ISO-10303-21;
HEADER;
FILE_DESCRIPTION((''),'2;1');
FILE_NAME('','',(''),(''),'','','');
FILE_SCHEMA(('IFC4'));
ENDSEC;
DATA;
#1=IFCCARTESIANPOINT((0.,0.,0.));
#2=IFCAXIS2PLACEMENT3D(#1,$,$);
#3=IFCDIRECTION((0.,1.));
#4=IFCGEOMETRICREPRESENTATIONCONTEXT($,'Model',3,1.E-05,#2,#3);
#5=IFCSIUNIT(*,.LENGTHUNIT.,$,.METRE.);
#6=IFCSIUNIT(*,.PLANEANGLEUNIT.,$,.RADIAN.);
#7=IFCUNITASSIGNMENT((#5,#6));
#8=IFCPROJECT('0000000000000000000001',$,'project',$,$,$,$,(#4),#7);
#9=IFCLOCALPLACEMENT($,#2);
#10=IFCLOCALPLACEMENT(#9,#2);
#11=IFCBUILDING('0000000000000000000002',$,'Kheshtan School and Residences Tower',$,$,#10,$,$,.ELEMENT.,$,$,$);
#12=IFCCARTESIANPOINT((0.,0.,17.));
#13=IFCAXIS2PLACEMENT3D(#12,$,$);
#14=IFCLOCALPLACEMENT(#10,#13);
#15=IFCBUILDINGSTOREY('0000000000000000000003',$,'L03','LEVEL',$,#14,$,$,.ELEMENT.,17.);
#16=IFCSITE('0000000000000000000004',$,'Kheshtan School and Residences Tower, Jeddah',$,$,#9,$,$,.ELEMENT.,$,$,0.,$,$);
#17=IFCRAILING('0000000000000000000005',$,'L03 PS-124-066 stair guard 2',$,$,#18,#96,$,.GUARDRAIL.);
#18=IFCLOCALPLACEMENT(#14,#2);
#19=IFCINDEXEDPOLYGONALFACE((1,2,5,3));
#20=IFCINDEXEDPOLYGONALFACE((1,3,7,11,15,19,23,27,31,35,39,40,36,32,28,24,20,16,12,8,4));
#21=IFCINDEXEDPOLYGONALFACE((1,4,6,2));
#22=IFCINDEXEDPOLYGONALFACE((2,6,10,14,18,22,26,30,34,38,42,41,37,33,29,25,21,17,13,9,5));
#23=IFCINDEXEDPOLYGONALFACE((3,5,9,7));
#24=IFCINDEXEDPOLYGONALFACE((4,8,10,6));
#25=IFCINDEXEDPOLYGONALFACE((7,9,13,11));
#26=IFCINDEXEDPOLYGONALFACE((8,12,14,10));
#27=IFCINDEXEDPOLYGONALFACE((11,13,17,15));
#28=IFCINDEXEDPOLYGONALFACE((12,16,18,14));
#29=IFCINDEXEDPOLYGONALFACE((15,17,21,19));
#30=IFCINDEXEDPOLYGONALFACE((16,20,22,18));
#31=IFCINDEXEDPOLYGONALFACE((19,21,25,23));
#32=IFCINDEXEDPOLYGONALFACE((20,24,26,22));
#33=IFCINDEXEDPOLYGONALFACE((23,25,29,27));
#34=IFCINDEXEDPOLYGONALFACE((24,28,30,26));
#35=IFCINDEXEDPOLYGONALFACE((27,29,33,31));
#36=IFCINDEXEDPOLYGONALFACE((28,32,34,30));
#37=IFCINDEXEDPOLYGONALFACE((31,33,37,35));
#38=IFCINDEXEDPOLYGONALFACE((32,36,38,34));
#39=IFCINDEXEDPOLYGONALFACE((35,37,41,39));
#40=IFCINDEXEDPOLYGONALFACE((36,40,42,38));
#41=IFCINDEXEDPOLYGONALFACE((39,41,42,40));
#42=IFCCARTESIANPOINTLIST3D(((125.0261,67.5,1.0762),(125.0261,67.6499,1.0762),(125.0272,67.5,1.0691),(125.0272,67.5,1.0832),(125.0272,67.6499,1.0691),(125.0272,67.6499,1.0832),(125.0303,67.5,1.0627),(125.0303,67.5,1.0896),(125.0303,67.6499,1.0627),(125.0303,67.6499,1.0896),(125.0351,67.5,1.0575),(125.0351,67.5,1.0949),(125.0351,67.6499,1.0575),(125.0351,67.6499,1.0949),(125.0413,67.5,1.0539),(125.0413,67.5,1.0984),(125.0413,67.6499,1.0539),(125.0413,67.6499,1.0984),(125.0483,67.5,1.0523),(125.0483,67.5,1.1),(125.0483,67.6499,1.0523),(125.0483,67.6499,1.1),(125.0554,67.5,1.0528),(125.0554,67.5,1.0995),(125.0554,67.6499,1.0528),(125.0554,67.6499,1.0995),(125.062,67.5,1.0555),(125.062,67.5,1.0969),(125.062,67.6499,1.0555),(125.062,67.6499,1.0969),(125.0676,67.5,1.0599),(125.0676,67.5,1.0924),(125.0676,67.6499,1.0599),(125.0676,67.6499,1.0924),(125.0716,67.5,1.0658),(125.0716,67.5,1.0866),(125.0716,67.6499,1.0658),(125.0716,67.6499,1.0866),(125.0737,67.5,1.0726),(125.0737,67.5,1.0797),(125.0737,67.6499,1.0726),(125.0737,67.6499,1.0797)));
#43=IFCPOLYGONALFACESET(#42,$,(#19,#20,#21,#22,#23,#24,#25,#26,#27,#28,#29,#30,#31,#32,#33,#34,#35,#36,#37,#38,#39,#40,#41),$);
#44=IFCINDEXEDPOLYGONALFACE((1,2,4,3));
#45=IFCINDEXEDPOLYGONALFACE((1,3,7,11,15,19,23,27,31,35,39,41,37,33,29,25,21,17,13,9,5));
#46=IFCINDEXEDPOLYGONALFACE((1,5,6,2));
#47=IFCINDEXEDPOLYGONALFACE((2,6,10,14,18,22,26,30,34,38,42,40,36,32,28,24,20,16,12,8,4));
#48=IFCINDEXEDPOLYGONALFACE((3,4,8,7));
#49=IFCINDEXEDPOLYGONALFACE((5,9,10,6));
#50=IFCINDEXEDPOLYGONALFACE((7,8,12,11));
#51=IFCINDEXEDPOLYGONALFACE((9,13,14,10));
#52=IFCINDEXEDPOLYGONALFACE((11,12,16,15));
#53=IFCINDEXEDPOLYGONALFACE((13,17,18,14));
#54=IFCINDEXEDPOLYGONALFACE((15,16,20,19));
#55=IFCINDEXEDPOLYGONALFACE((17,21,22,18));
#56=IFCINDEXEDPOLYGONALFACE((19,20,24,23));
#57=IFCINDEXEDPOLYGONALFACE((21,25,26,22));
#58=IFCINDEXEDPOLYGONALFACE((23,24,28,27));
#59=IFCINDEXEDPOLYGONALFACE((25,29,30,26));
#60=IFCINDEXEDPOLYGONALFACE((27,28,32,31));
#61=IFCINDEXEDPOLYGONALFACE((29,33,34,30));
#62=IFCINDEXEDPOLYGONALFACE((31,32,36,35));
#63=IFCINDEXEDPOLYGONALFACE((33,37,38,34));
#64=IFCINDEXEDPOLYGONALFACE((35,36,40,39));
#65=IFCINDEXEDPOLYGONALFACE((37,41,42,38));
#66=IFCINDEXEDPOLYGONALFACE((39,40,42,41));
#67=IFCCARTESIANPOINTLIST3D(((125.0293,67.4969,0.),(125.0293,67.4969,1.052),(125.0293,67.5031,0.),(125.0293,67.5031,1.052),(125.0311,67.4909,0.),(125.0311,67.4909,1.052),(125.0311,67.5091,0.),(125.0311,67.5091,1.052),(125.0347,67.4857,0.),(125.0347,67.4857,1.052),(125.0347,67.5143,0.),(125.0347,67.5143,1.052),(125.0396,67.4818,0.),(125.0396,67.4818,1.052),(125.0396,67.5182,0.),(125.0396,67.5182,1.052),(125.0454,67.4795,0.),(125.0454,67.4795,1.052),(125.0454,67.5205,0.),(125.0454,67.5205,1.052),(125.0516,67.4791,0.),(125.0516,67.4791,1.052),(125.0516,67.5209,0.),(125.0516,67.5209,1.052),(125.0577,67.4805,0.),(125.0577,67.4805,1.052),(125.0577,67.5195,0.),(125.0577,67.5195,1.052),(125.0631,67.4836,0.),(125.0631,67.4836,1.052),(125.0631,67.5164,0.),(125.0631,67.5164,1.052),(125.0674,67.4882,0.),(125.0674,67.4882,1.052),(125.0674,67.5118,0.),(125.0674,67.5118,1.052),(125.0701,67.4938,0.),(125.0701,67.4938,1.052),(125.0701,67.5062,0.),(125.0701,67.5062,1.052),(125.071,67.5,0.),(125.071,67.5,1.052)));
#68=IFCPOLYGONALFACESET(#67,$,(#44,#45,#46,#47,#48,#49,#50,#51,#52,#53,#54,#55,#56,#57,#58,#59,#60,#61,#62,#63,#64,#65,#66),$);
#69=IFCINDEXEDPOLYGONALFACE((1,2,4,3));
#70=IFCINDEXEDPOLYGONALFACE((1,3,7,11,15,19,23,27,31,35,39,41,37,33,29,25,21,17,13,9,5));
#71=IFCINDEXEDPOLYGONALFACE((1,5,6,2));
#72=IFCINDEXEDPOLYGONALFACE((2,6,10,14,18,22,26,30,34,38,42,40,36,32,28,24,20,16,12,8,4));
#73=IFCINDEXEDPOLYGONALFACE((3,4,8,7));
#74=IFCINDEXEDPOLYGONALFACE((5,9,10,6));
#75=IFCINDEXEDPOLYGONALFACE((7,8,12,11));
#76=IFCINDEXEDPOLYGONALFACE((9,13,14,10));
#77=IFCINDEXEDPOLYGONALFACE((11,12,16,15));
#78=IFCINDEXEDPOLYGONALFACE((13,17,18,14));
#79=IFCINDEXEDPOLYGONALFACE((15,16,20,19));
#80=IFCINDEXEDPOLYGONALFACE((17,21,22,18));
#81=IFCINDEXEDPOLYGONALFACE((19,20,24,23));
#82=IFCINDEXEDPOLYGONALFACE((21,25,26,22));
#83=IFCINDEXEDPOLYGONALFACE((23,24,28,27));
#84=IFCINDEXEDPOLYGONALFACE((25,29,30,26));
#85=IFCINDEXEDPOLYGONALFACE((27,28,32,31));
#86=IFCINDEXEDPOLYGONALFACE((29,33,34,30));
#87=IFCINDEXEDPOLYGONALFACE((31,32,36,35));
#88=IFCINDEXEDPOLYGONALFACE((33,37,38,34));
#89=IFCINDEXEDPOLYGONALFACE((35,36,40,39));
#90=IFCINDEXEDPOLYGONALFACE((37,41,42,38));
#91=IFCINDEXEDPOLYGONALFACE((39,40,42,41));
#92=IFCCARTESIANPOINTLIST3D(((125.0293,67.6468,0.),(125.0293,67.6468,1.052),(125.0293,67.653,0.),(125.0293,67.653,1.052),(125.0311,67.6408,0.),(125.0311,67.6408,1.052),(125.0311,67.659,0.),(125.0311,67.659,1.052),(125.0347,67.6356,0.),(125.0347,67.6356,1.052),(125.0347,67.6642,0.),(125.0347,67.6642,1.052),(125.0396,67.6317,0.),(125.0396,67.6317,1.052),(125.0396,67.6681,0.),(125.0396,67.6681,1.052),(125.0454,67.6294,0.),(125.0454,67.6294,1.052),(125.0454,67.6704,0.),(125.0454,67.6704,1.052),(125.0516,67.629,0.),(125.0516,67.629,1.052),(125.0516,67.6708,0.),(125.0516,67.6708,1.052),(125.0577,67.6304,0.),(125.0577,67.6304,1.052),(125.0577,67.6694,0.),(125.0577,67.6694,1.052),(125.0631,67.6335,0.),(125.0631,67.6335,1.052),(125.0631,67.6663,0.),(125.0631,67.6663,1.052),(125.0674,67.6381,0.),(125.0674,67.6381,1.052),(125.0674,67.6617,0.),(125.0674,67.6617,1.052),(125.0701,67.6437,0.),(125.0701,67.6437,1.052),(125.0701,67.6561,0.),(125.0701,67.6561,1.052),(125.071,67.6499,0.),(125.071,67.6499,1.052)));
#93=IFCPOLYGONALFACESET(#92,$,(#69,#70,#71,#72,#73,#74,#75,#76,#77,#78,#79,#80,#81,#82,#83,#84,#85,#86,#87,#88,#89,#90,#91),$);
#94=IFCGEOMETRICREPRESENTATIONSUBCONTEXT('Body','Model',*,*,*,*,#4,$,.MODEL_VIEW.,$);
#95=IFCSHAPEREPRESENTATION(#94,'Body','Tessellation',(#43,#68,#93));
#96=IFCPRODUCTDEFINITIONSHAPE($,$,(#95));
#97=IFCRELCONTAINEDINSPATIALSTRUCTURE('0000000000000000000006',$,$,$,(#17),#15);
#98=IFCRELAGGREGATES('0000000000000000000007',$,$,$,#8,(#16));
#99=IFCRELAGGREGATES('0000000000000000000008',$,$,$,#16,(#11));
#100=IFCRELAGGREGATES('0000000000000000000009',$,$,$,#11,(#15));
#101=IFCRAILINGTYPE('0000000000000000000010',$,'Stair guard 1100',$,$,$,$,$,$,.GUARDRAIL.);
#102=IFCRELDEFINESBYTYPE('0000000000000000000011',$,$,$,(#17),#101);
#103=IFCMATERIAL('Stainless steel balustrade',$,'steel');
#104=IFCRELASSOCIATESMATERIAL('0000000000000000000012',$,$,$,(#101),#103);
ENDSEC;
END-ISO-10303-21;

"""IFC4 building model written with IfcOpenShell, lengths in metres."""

from ifc_helpers import new_model, si_unit, direction, frame, origin, origin_2d, place, context, subcontext, project, spatial, circle, extrude, material, type_object, element, save


model = new_model("IFC4")

# Units and contexts
model_context = context("Model", 3, precision=1e-05, world=origin(), true_north=direction((0.0, 1.0)))
body_context = subcontext(model_context, "Body", "Model", "MODEL_VIEW")
ifc_project = project(units=[si_unit("LENGTHUNIT", "METRE"), si_unit("PLANEANGLEUNIT", "RADIAN")], contexts=[model_context])

# Site, building, storey
site_placement = place(None, origin())
site = spatial("IfcSite", under=ifc_project, at=site_placement, Name="Kheshtan School and Residences Tower, Jeddah", CompositionType="ELEMENT", RefElevation=0.0)
building_placement = place(site_placement, origin())
building = spatial("IfcBuilding", under=site, at=building_placement, Name="Kheshtan School and Residences Tower", CompositionType="ELEMENT")
storey_placement = place(building_placement, frame((0.0, 0.0, 17.0)))
storey = spatial("IfcBuildingStorey", under=building, at=storey_placement, Name="L03", Description="LEVEL", CompositionType="ELEMENT", Elevation=17.0)

# Railing
ifc_material_1 = material(Name="Stainless steel balustrade", Category="steel")
railing_type_1 = type_object("IfcRailingType", Name="Stair guard 1100", PredefinedType="GUARDRAIL", material=ifc_material_1)
railing_1_placement = place(storey_placement, frame((125.05, 67.5, 0.0)))
element("IfcRailing", 1, at=railing_1_placement, inside=storey, type_object=railing_type_1, Name="L03 PS-124-066 stair guard 2", PredefinedType="GUARDRAIL", context=body_context, shape_type="SweptSolid", body=[
    extrude(circle(Radius=0.0239, at=origin_2d()), frame((0.0, 0.0, 1.0762), z_axis=(0.0, 1.0, 0.0), x_axis=(-1.0, 0.0, 0.0)), (0.0, 0.0, 1.0), 0.1499),
    extrude(circle(Radius=0.021, at=origin_2d()), origin(), (0.0, 0.0, 1.0), 1.052),
    extrude(circle(Radius=0.021, at=origin_2d()), frame((0.0, 0.1499, 0.0)), (0.0, 0.0, 1.0), 1.052),
])

save(model, "model.ifc")
